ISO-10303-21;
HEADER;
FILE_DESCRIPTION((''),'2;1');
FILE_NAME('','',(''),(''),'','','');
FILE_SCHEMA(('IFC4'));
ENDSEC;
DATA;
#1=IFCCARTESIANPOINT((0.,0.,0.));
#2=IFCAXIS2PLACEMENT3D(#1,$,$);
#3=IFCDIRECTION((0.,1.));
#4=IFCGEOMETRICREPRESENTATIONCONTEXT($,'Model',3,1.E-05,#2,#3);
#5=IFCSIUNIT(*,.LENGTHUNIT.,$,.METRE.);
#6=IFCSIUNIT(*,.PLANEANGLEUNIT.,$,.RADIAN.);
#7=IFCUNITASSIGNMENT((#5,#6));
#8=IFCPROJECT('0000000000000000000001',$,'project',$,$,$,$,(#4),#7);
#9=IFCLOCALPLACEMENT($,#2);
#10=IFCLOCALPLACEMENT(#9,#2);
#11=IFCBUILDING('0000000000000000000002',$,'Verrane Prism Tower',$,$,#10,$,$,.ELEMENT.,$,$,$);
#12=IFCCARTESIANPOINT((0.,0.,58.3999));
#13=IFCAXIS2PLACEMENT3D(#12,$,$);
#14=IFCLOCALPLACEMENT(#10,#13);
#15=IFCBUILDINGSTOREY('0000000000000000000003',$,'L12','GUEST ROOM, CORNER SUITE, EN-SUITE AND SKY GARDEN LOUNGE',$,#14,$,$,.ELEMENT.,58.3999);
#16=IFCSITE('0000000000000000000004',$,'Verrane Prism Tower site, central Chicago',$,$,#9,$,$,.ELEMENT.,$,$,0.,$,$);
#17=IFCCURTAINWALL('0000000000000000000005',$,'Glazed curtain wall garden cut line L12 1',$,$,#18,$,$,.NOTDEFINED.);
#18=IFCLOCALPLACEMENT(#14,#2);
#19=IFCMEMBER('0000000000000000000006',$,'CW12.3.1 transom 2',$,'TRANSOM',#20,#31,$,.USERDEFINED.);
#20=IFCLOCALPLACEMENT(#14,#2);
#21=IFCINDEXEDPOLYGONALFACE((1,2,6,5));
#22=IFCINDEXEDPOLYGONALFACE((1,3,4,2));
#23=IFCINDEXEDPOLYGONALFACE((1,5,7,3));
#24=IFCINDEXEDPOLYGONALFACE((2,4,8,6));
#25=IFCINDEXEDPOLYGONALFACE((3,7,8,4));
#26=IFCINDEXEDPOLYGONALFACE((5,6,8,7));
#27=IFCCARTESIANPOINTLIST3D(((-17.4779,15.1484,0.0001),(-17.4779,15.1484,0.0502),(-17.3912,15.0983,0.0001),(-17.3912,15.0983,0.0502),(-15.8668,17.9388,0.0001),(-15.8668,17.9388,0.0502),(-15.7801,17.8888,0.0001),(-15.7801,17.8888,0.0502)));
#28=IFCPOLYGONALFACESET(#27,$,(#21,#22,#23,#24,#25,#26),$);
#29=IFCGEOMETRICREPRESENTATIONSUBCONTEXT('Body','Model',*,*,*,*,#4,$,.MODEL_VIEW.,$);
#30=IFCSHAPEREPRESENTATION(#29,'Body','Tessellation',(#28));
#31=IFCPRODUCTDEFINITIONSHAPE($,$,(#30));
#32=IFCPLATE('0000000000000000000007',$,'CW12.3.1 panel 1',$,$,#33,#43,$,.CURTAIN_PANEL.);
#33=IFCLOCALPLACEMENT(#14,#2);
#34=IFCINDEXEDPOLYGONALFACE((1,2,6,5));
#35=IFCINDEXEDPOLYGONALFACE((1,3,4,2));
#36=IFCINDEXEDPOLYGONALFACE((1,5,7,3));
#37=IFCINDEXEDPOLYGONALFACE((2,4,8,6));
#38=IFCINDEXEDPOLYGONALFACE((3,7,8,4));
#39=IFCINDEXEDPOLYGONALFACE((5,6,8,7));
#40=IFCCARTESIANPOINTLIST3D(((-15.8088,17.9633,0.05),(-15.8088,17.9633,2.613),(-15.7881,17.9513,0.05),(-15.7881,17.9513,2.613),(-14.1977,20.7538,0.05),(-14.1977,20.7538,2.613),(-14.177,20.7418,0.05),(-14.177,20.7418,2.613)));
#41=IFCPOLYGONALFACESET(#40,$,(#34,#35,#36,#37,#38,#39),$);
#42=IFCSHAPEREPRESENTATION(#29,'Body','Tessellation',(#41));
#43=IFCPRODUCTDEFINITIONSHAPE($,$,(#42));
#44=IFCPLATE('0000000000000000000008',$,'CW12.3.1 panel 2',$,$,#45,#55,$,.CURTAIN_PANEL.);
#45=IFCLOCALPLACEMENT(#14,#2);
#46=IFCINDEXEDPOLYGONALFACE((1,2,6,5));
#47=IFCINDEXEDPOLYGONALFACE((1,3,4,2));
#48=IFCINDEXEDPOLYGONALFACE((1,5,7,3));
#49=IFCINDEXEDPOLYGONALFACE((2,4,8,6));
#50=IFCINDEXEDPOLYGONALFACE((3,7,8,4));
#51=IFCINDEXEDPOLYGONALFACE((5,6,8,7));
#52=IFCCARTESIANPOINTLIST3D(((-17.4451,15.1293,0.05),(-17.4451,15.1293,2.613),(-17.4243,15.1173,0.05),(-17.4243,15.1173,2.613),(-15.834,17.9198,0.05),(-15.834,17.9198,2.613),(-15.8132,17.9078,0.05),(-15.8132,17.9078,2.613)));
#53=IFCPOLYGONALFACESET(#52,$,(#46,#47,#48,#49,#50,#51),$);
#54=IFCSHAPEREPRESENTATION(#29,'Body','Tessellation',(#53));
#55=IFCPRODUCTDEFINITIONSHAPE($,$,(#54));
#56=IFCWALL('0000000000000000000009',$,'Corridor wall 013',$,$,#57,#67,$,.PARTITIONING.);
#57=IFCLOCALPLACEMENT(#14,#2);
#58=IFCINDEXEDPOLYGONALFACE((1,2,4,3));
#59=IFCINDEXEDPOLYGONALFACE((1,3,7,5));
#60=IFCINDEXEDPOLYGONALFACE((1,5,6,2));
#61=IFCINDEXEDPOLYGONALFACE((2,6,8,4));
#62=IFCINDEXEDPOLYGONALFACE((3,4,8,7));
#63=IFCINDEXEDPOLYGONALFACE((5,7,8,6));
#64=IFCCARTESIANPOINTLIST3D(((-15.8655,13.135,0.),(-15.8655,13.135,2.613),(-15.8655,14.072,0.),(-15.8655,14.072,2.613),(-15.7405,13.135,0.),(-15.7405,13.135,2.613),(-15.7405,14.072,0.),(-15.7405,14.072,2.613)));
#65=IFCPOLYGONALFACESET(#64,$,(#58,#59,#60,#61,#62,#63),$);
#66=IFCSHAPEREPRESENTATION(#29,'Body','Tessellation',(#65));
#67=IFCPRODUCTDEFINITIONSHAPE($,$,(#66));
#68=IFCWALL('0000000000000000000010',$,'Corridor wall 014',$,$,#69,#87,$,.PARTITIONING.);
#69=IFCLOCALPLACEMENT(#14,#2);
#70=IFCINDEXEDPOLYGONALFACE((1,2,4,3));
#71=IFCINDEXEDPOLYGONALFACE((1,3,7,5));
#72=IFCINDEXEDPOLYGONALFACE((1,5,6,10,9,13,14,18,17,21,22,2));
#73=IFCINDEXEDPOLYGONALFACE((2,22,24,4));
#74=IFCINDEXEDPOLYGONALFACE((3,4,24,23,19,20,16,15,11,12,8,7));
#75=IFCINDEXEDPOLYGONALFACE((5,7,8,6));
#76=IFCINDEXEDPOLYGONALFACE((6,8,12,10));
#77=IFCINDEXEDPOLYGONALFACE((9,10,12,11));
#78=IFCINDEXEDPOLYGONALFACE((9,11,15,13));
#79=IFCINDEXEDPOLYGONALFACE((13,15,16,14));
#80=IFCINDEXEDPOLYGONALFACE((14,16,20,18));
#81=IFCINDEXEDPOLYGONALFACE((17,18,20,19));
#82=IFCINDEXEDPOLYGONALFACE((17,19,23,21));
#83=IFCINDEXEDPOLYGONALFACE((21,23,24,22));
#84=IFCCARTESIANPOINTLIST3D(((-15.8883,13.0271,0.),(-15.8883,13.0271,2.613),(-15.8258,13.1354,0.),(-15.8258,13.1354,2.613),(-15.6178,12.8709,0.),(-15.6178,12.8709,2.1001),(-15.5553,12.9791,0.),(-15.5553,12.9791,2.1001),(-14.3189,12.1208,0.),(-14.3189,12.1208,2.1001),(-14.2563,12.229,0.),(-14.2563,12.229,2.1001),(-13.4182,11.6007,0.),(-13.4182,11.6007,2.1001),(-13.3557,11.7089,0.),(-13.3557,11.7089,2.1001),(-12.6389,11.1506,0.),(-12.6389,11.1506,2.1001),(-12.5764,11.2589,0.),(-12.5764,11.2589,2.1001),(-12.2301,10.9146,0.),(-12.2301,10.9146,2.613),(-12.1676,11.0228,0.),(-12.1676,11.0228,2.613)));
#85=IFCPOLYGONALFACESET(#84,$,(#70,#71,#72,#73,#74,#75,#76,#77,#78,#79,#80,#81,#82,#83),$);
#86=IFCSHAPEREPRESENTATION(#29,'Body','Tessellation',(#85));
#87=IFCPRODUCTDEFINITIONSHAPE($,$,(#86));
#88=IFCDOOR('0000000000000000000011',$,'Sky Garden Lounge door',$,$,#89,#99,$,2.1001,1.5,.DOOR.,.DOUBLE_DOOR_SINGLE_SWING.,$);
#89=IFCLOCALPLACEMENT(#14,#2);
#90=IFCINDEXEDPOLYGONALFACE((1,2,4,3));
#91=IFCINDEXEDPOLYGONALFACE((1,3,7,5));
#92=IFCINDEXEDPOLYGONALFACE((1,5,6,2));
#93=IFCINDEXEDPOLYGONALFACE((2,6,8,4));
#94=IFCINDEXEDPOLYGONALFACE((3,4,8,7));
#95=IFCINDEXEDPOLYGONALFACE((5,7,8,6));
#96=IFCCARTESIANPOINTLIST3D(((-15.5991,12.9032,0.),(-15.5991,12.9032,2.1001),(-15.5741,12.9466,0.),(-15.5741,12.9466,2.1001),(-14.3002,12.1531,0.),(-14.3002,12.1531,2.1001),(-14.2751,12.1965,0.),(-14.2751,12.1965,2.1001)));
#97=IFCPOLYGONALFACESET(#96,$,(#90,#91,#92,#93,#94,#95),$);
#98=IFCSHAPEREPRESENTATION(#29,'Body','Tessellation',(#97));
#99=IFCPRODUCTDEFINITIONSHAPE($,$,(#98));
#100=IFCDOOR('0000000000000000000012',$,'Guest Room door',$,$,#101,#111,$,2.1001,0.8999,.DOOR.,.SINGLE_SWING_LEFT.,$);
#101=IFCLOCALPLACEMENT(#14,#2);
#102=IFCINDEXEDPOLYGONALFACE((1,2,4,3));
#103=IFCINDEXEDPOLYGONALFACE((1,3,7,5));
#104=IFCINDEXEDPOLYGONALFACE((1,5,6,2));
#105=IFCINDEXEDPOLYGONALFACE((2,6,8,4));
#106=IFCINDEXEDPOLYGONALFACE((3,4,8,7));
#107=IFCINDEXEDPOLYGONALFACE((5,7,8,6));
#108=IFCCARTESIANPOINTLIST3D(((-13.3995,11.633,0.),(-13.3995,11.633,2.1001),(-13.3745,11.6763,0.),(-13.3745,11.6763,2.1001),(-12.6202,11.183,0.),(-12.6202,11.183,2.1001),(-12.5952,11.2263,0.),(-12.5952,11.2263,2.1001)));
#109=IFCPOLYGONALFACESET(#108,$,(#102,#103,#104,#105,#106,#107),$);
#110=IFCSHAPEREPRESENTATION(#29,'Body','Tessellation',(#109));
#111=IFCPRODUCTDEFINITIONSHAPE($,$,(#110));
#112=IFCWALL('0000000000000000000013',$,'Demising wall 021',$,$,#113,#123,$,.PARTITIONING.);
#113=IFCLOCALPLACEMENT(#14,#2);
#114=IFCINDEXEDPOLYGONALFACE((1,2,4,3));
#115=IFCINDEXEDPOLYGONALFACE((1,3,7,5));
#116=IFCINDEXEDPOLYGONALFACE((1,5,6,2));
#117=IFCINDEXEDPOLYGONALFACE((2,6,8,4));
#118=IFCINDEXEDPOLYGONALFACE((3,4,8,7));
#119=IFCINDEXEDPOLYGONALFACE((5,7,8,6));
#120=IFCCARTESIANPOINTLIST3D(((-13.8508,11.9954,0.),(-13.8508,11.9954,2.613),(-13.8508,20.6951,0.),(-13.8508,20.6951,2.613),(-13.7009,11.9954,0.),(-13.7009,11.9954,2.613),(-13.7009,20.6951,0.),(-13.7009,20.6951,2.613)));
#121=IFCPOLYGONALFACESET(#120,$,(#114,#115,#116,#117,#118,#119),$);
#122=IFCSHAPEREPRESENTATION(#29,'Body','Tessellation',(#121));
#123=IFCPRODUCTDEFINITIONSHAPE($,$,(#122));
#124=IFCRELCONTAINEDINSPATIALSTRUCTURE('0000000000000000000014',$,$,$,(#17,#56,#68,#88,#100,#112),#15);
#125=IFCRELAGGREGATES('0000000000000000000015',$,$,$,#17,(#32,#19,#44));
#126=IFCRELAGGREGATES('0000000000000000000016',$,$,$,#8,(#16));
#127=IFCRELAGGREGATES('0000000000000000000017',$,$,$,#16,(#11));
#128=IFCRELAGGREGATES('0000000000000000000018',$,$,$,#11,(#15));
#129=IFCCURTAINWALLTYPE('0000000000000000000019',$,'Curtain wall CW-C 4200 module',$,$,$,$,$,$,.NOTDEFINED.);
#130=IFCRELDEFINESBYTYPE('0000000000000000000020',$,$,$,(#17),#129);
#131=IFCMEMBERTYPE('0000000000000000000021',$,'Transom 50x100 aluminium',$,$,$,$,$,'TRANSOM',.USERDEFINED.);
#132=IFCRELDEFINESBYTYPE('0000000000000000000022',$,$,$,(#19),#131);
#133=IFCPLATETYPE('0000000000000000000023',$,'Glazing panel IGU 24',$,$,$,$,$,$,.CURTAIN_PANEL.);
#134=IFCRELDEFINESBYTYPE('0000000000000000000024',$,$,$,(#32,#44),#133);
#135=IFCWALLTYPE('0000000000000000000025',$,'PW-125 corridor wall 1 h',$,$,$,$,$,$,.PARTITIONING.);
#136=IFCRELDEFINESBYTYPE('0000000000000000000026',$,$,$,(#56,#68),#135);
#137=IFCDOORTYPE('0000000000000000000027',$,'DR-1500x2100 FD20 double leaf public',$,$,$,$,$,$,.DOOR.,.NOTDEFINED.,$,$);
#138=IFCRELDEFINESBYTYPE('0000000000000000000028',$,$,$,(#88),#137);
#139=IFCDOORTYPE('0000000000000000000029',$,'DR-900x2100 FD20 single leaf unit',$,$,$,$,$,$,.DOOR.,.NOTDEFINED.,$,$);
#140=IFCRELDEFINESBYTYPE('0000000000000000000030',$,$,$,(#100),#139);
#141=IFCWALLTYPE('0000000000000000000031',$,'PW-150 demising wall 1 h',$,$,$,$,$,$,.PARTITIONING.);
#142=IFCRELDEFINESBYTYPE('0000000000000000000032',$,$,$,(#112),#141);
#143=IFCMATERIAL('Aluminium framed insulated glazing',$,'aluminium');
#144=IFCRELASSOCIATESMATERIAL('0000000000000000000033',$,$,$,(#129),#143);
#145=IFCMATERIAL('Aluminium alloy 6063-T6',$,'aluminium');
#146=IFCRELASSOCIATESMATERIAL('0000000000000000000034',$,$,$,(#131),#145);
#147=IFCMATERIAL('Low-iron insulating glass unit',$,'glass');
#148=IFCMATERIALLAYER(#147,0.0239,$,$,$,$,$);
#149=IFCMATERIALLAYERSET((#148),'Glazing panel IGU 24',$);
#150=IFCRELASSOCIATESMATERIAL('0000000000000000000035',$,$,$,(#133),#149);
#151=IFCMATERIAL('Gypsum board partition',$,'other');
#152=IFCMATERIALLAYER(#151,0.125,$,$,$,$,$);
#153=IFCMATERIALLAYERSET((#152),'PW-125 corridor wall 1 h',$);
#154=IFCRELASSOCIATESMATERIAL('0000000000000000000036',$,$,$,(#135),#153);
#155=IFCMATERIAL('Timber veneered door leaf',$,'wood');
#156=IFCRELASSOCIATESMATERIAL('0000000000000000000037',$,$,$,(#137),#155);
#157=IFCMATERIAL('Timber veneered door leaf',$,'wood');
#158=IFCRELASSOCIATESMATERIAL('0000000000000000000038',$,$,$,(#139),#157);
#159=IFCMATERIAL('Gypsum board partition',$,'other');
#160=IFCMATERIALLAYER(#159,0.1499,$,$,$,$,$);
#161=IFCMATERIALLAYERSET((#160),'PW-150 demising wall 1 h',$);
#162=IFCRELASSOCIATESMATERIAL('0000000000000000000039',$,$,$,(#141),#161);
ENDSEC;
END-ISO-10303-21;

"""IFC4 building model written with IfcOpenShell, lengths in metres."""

from ifc_helpers import new_model, si_unit, direction, frame, frame_2d, origin, origin_2d, place, context, subcontext, project, spatial, rectangle, extrude, material, layer, layer_set, material_profile, profile_set, type_object, element, fill, aggregate, save


model = new_model("IFC4")

# Units and contexts
model_context = context("Model", 3, precision=1e-05, world=origin(), true_north=direction((0.0, 1.0)))
body_context = subcontext(model_context, "Body", "Model", "MODEL_VIEW")
ifc_project = project(units=[si_unit("LENGTHUNIT", "METRE"), si_unit("PLANEANGLEUNIT", "RADIAN")], contexts=[model_context])

# Site, building, storey
site_placement = place(None, origin())
site = spatial("IfcSite", under=ifc_project, at=site_placement, Name="Verrane Prism Tower site, central Chicago", CompositionType="ELEMENT", RefElevation=0.0)
building_placement = place(site_placement, origin())
building = spatial("IfcBuilding", under=site, at=building_placement, Name="Verrane Prism Tower", CompositionType="ELEMENT")
storey_placement = place(building_placement, frame((0.0, 0.0, 58.3999)))
storey = spatial("IfcBuildingStorey", under=building, at=storey_placement, Name="L12", Description="GUEST ROOM, CORNER SUITE, EN-SUITE AND SKY GARDEN LOUNGE", CompositionType="ELEMENT", Elevation=58.3999)

# Curtain wall
ifc_material_1 = material(Name="Aluminium framed insulated glazing", Category="aluminium")
curtain_wall_type = type_object("IfcCurtainWallType", Name="Curtain wall CW-C 4200 module", PredefinedType="NOTDEFINED", material=ifc_material_1)
curtain_wall_placement = place(storey_placement, origin())
curtain_wall = element("IfcCurtainWall", 1, at=curtain_wall_placement, inside=storey, type_object=curtain_wall_type, Name="Glazed curtain wall garden cut line L12 1", PredefinedType="NOTDEFINED")

# Member
ifc_material_2 = material(Name="Aluminium alloy 6063-T6", Category="aluminium")
ifc_material_profile_1 = material_profile(ifc_material_2, rectangle(XDim=0.1001, YDim=0.05, at=origin_2d()), Name="Transom 50x100 aluminium")
ifc_profile_set_1 = profile_set([ifc_material_profile_1], Name="Aluminium alloy 6063-T6")
member_type_1 = type_object("IfcMemberType", Name="Transom 50x100 aluminium", ElementType="TRANSOM", PredefinedType="USERDEFINED", material=ifc_profile_set_1)
member_1_placement = place(storey_placement, frame((-15.8235, 17.9138, 0.0251), z_axis=(-0.499994, -0.866029, 0.0), x_axis=(0.866029, -0.499994, 0.0)))
member_1 = element("IfcMember", 2, at=member_1_placement, type_object=member_type_1, Name="CW12.3.1 transom 2", ObjectType="TRANSOM", PredefinedType="USERDEFINED", context=body_context, shape_type="SweptSolid", body=[
    extrude(rectangle(XDim=0.1001, YDim=0.05, at=origin_2d()), origin(), (0.0, 0.0, 1.0), 3.2222),
])

# Plates
ifc_material_3 = material(Name="Low-iron insulating glass unit", Category="glass")
ifc_layer_1 = layer(ifc_material_3, 0.0239)
ifc_layer_set_1 = layer_set([ifc_layer_1], Name="Glazing panel IGU 24")
plate_type = type_object("IfcPlateType", Name="Glazing panel IGU 24", PredefinedType="CURTAIN_PANEL", material=ifc_layer_set_1)
plate_1_placement = place(storey_placement, frame((-14.9929, 19.3525, 0.05), z_axis=(0.0, 0.0, 1.0), x_axis=(-0.500001, -0.866025, 0.0)))
plate_1 = element("IfcPlate", 3, at=plate_1_placement, type_object=plate_type, Name="CW12.3.1 panel 1", PredefinedType="CURTAIN_PANEL", context=body_context, shape_type="SweptSolid", body=[
    extrude(rectangle(XDim=3.2222, YDim=0.0239, at=origin_2d()), origin(), (0.0, 0.0, 1.0), 2.563),
])
plate_2_placement = place(storey_placement, frame((-16.6292, 16.5186, 0.05), z_axis=(0.0, 0.0, 1.0), x_axis=(-0.500001, -0.866025, 0.0)))
plate_2 = element("IfcPlate", 4, at=plate_2_placement, type_object=plate_type, Name="CW12.3.1 panel 2", PredefinedType="CURTAIN_PANEL", context=body_context, shape_type="SweptSolid", body=[
    extrude(rectangle(XDim=3.2222, YDim=0.0239, at=origin_2d()), origin(), (0.0, 0.0, 1.0), 2.563),
])
aggregate(curtain_wall, [plate_1, member_1, plate_2])

# Wall
ifc_material_4 = material(Name="Gypsum board partition", Category="other")
ifc_layer_2 = layer(ifc_material_4, 0.125)
ifc_layer_set_2 = layer_set([ifc_layer_2], Name="PW-125 corridor wall 1 h")
wall_type_1 = type_object("IfcWallType", Name="PW-125 corridor wall 1 h", PredefinedType="PARTITIONING", material=ifc_layer_set_2)
wall_1_placement = place(storey_placement, frame((-15.803, 13.135, 0.0), z_axis=(0.0, 0.0, 1.0), x_axis=(0.0, 1.0, 0.0)))
element("IfcWall", 5, at=wall_1_placement, inside=storey, type_object=wall_type_1, Name="Corridor wall 013", PredefinedType="PARTITIONING", context=body_context, shape_type="SweptSolid", body=[
    extrude(rectangle(XDim=0.937, YDim=0.125, at=frame_2d((0.4685, 0.0))), origin(), (0.0, 0.0, 1.0), 2.613),
])

# Wall, openings, doors
wall_2_placement = place(storey_placement, frame((-15.8572, 13.0813, 0.0), z_axis=(0.0, 0.0, 1.0), x_axis=(0.865976, -0.500086, 0.0)))
wall_2 = element("IfcWall", 6, at=wall_2_placement, inside=storey, type_object=wall_type_1, Name="Corridor wall 014", PredefinedType="PARTITIONING", context=body_context, shape_type="SweptSolid", body=[
    extrude(rectangle(XDim=4.2244, YDim=0.125, at=frame_2d((2.1123, 0.0))), origin(), (0.0, 0.0, 1.0), 2.613),
])
opening_1_placement = place(wall_2_placement, frame((2.8525, 0.0, 0.0)))
opening_1 = element("IfcOpeningElement", 7, at=opening_1_placement, cuts=wall_2, PredefinedType="OPENING", context=body_context, shape_type="SweptSolid", body=[
    extrude(rectangle(XDim=0.8999, YDim=2.1001, at=frame_2d((0.45, 1.05))), frame((0.0, 0.0725, 0.0), z_axis=(0.0, -1.0, 0.0), x_axis=(1.0, 0.0, 0.0)), (0.0, 0.0, 1.0), 0.145),
])
opening_2_placement = place(wall_2_placement, frame((0.3125, 0.0, 0.0)))
opening_2 = element("IfcOpeningElement", 8, at=opening_2_placement, cuts=wall_2, PredefinedType="OPENING", context=body_context, shape_type="SweptSolid", body=[
    extrude(rectangle(XDim=1.5, YDim=2.1001, at=frame_2d((0.75, 1.05))), frame((0.0, 0.0725, 0.0), z_axis=(0.0, -1.0, 0.0), x_axis=(1.0, 0.0, 0.0)), (0.0, 0.0, 1.0), 0.145),
])
ifc_material_5 = material(Name="Timber veneered door leaf", Category="wood")
door_type_1 = type_object("IfcDoorType", Name="DR-1500x2100 FD20 double leaf public", OperationType="NOTDEFINED", PredefinedType="DOOR", material=ifc_material_5)
door_1_placement = place(opening_2_placement, origin())
door_1 = element("IfcDoor", 9, at=door_1_placement, inside=storey, type_object=door_type_1, Name="Sky Garden Lounge door", OperationType="DOUBLE_DOOR_SINGLE_SWING", OverallHeight=2.1001, OverallWidth=1.5, PredefinedType="DOOR", context=body_context, shape_type="SweptSolid", body=[
    extrude(rectangle(XDim=1.5, YDim=2.1001, at=frame_2d((0.75, 1.05))), frame((0.0, 0.0249, 0.0), z_axis=(0.0, -1.0, 0.0), x_axis=(1.0, 0.0, 0.0)), (0.0, 0.0, 1.0), 0.05),
])
fill(opening_2, door_1)
ifc_material_6 = material(Name="Timber veneered door leaf", Category="wood")
door_type_2 = type_object("IfcDoorType", Name="DR-900x2100 FD20 single leaf unit", OperationType="NOTDEFINED", PredefinedType="DOOR", material=ifc_material_6)
door_2_placement = place(opening_1_placement, origin())
door_2 = element("IfcDoor", 10, at=door_2_placement, inside=storey, type_object=door_type_2, Name="Guest Room door", OperationType="SINGLE_SWING_LEFT", OverallHeight=2.1001, OverallWidth=0.8999, PredefinedType="DOOR", context=body_context, shape_type="SweptSolid", body=[
    extrude(rectangle(XDim=0.8999, YDim=2.1001, at=frame_2d((0.45, 1.05))), frame((0.0, 0.0249, 0.0), z_axis=(0.0, -1.0, 0.0), x_axis=(1.0, 0.0, 0.0)), (0.0, 0.0, 1.0), 0.05),
])
fill(opening_1, door_2)

# Wall
ifc_material_7 = material(Name="Gypsum board partition", Category="other")
ifc_layer_3 = layer(ifc_material_7, 0.1499)
ifc_layer_set_3 = layer_set([ifc_layer_3], Name="PW-150 demising wall 1 h")
wall_type_2 = type_object("IfcWallType", Name="PW-150 demising wall 1 h", PredefinedType="PARTITIONING", material=ifc_layer_set_3)
wall_3_placement = place(storey_placement, frame((-13.7759, 11.9954, 0.0), z_axis=(0.0, 0.0, 1.0), x_axis=(0.0, 1.0, 0.0)))
element("IfcWall", 11, at=wall_3_placement, inside=storey, type_object=wall_type_2, Name="Demising wall 021", PredefinedType="PARTITIONING", context=body_context, shape_type="SweptSolid", body=[
    extrude(rectangle(XDim=8.6997, YDim=0.1499, at=frame_2d((4.3499, 0.0))), origin(), (0.0, 0.0, 1.0), 2.613),
])

save(model, "model.ifc")
